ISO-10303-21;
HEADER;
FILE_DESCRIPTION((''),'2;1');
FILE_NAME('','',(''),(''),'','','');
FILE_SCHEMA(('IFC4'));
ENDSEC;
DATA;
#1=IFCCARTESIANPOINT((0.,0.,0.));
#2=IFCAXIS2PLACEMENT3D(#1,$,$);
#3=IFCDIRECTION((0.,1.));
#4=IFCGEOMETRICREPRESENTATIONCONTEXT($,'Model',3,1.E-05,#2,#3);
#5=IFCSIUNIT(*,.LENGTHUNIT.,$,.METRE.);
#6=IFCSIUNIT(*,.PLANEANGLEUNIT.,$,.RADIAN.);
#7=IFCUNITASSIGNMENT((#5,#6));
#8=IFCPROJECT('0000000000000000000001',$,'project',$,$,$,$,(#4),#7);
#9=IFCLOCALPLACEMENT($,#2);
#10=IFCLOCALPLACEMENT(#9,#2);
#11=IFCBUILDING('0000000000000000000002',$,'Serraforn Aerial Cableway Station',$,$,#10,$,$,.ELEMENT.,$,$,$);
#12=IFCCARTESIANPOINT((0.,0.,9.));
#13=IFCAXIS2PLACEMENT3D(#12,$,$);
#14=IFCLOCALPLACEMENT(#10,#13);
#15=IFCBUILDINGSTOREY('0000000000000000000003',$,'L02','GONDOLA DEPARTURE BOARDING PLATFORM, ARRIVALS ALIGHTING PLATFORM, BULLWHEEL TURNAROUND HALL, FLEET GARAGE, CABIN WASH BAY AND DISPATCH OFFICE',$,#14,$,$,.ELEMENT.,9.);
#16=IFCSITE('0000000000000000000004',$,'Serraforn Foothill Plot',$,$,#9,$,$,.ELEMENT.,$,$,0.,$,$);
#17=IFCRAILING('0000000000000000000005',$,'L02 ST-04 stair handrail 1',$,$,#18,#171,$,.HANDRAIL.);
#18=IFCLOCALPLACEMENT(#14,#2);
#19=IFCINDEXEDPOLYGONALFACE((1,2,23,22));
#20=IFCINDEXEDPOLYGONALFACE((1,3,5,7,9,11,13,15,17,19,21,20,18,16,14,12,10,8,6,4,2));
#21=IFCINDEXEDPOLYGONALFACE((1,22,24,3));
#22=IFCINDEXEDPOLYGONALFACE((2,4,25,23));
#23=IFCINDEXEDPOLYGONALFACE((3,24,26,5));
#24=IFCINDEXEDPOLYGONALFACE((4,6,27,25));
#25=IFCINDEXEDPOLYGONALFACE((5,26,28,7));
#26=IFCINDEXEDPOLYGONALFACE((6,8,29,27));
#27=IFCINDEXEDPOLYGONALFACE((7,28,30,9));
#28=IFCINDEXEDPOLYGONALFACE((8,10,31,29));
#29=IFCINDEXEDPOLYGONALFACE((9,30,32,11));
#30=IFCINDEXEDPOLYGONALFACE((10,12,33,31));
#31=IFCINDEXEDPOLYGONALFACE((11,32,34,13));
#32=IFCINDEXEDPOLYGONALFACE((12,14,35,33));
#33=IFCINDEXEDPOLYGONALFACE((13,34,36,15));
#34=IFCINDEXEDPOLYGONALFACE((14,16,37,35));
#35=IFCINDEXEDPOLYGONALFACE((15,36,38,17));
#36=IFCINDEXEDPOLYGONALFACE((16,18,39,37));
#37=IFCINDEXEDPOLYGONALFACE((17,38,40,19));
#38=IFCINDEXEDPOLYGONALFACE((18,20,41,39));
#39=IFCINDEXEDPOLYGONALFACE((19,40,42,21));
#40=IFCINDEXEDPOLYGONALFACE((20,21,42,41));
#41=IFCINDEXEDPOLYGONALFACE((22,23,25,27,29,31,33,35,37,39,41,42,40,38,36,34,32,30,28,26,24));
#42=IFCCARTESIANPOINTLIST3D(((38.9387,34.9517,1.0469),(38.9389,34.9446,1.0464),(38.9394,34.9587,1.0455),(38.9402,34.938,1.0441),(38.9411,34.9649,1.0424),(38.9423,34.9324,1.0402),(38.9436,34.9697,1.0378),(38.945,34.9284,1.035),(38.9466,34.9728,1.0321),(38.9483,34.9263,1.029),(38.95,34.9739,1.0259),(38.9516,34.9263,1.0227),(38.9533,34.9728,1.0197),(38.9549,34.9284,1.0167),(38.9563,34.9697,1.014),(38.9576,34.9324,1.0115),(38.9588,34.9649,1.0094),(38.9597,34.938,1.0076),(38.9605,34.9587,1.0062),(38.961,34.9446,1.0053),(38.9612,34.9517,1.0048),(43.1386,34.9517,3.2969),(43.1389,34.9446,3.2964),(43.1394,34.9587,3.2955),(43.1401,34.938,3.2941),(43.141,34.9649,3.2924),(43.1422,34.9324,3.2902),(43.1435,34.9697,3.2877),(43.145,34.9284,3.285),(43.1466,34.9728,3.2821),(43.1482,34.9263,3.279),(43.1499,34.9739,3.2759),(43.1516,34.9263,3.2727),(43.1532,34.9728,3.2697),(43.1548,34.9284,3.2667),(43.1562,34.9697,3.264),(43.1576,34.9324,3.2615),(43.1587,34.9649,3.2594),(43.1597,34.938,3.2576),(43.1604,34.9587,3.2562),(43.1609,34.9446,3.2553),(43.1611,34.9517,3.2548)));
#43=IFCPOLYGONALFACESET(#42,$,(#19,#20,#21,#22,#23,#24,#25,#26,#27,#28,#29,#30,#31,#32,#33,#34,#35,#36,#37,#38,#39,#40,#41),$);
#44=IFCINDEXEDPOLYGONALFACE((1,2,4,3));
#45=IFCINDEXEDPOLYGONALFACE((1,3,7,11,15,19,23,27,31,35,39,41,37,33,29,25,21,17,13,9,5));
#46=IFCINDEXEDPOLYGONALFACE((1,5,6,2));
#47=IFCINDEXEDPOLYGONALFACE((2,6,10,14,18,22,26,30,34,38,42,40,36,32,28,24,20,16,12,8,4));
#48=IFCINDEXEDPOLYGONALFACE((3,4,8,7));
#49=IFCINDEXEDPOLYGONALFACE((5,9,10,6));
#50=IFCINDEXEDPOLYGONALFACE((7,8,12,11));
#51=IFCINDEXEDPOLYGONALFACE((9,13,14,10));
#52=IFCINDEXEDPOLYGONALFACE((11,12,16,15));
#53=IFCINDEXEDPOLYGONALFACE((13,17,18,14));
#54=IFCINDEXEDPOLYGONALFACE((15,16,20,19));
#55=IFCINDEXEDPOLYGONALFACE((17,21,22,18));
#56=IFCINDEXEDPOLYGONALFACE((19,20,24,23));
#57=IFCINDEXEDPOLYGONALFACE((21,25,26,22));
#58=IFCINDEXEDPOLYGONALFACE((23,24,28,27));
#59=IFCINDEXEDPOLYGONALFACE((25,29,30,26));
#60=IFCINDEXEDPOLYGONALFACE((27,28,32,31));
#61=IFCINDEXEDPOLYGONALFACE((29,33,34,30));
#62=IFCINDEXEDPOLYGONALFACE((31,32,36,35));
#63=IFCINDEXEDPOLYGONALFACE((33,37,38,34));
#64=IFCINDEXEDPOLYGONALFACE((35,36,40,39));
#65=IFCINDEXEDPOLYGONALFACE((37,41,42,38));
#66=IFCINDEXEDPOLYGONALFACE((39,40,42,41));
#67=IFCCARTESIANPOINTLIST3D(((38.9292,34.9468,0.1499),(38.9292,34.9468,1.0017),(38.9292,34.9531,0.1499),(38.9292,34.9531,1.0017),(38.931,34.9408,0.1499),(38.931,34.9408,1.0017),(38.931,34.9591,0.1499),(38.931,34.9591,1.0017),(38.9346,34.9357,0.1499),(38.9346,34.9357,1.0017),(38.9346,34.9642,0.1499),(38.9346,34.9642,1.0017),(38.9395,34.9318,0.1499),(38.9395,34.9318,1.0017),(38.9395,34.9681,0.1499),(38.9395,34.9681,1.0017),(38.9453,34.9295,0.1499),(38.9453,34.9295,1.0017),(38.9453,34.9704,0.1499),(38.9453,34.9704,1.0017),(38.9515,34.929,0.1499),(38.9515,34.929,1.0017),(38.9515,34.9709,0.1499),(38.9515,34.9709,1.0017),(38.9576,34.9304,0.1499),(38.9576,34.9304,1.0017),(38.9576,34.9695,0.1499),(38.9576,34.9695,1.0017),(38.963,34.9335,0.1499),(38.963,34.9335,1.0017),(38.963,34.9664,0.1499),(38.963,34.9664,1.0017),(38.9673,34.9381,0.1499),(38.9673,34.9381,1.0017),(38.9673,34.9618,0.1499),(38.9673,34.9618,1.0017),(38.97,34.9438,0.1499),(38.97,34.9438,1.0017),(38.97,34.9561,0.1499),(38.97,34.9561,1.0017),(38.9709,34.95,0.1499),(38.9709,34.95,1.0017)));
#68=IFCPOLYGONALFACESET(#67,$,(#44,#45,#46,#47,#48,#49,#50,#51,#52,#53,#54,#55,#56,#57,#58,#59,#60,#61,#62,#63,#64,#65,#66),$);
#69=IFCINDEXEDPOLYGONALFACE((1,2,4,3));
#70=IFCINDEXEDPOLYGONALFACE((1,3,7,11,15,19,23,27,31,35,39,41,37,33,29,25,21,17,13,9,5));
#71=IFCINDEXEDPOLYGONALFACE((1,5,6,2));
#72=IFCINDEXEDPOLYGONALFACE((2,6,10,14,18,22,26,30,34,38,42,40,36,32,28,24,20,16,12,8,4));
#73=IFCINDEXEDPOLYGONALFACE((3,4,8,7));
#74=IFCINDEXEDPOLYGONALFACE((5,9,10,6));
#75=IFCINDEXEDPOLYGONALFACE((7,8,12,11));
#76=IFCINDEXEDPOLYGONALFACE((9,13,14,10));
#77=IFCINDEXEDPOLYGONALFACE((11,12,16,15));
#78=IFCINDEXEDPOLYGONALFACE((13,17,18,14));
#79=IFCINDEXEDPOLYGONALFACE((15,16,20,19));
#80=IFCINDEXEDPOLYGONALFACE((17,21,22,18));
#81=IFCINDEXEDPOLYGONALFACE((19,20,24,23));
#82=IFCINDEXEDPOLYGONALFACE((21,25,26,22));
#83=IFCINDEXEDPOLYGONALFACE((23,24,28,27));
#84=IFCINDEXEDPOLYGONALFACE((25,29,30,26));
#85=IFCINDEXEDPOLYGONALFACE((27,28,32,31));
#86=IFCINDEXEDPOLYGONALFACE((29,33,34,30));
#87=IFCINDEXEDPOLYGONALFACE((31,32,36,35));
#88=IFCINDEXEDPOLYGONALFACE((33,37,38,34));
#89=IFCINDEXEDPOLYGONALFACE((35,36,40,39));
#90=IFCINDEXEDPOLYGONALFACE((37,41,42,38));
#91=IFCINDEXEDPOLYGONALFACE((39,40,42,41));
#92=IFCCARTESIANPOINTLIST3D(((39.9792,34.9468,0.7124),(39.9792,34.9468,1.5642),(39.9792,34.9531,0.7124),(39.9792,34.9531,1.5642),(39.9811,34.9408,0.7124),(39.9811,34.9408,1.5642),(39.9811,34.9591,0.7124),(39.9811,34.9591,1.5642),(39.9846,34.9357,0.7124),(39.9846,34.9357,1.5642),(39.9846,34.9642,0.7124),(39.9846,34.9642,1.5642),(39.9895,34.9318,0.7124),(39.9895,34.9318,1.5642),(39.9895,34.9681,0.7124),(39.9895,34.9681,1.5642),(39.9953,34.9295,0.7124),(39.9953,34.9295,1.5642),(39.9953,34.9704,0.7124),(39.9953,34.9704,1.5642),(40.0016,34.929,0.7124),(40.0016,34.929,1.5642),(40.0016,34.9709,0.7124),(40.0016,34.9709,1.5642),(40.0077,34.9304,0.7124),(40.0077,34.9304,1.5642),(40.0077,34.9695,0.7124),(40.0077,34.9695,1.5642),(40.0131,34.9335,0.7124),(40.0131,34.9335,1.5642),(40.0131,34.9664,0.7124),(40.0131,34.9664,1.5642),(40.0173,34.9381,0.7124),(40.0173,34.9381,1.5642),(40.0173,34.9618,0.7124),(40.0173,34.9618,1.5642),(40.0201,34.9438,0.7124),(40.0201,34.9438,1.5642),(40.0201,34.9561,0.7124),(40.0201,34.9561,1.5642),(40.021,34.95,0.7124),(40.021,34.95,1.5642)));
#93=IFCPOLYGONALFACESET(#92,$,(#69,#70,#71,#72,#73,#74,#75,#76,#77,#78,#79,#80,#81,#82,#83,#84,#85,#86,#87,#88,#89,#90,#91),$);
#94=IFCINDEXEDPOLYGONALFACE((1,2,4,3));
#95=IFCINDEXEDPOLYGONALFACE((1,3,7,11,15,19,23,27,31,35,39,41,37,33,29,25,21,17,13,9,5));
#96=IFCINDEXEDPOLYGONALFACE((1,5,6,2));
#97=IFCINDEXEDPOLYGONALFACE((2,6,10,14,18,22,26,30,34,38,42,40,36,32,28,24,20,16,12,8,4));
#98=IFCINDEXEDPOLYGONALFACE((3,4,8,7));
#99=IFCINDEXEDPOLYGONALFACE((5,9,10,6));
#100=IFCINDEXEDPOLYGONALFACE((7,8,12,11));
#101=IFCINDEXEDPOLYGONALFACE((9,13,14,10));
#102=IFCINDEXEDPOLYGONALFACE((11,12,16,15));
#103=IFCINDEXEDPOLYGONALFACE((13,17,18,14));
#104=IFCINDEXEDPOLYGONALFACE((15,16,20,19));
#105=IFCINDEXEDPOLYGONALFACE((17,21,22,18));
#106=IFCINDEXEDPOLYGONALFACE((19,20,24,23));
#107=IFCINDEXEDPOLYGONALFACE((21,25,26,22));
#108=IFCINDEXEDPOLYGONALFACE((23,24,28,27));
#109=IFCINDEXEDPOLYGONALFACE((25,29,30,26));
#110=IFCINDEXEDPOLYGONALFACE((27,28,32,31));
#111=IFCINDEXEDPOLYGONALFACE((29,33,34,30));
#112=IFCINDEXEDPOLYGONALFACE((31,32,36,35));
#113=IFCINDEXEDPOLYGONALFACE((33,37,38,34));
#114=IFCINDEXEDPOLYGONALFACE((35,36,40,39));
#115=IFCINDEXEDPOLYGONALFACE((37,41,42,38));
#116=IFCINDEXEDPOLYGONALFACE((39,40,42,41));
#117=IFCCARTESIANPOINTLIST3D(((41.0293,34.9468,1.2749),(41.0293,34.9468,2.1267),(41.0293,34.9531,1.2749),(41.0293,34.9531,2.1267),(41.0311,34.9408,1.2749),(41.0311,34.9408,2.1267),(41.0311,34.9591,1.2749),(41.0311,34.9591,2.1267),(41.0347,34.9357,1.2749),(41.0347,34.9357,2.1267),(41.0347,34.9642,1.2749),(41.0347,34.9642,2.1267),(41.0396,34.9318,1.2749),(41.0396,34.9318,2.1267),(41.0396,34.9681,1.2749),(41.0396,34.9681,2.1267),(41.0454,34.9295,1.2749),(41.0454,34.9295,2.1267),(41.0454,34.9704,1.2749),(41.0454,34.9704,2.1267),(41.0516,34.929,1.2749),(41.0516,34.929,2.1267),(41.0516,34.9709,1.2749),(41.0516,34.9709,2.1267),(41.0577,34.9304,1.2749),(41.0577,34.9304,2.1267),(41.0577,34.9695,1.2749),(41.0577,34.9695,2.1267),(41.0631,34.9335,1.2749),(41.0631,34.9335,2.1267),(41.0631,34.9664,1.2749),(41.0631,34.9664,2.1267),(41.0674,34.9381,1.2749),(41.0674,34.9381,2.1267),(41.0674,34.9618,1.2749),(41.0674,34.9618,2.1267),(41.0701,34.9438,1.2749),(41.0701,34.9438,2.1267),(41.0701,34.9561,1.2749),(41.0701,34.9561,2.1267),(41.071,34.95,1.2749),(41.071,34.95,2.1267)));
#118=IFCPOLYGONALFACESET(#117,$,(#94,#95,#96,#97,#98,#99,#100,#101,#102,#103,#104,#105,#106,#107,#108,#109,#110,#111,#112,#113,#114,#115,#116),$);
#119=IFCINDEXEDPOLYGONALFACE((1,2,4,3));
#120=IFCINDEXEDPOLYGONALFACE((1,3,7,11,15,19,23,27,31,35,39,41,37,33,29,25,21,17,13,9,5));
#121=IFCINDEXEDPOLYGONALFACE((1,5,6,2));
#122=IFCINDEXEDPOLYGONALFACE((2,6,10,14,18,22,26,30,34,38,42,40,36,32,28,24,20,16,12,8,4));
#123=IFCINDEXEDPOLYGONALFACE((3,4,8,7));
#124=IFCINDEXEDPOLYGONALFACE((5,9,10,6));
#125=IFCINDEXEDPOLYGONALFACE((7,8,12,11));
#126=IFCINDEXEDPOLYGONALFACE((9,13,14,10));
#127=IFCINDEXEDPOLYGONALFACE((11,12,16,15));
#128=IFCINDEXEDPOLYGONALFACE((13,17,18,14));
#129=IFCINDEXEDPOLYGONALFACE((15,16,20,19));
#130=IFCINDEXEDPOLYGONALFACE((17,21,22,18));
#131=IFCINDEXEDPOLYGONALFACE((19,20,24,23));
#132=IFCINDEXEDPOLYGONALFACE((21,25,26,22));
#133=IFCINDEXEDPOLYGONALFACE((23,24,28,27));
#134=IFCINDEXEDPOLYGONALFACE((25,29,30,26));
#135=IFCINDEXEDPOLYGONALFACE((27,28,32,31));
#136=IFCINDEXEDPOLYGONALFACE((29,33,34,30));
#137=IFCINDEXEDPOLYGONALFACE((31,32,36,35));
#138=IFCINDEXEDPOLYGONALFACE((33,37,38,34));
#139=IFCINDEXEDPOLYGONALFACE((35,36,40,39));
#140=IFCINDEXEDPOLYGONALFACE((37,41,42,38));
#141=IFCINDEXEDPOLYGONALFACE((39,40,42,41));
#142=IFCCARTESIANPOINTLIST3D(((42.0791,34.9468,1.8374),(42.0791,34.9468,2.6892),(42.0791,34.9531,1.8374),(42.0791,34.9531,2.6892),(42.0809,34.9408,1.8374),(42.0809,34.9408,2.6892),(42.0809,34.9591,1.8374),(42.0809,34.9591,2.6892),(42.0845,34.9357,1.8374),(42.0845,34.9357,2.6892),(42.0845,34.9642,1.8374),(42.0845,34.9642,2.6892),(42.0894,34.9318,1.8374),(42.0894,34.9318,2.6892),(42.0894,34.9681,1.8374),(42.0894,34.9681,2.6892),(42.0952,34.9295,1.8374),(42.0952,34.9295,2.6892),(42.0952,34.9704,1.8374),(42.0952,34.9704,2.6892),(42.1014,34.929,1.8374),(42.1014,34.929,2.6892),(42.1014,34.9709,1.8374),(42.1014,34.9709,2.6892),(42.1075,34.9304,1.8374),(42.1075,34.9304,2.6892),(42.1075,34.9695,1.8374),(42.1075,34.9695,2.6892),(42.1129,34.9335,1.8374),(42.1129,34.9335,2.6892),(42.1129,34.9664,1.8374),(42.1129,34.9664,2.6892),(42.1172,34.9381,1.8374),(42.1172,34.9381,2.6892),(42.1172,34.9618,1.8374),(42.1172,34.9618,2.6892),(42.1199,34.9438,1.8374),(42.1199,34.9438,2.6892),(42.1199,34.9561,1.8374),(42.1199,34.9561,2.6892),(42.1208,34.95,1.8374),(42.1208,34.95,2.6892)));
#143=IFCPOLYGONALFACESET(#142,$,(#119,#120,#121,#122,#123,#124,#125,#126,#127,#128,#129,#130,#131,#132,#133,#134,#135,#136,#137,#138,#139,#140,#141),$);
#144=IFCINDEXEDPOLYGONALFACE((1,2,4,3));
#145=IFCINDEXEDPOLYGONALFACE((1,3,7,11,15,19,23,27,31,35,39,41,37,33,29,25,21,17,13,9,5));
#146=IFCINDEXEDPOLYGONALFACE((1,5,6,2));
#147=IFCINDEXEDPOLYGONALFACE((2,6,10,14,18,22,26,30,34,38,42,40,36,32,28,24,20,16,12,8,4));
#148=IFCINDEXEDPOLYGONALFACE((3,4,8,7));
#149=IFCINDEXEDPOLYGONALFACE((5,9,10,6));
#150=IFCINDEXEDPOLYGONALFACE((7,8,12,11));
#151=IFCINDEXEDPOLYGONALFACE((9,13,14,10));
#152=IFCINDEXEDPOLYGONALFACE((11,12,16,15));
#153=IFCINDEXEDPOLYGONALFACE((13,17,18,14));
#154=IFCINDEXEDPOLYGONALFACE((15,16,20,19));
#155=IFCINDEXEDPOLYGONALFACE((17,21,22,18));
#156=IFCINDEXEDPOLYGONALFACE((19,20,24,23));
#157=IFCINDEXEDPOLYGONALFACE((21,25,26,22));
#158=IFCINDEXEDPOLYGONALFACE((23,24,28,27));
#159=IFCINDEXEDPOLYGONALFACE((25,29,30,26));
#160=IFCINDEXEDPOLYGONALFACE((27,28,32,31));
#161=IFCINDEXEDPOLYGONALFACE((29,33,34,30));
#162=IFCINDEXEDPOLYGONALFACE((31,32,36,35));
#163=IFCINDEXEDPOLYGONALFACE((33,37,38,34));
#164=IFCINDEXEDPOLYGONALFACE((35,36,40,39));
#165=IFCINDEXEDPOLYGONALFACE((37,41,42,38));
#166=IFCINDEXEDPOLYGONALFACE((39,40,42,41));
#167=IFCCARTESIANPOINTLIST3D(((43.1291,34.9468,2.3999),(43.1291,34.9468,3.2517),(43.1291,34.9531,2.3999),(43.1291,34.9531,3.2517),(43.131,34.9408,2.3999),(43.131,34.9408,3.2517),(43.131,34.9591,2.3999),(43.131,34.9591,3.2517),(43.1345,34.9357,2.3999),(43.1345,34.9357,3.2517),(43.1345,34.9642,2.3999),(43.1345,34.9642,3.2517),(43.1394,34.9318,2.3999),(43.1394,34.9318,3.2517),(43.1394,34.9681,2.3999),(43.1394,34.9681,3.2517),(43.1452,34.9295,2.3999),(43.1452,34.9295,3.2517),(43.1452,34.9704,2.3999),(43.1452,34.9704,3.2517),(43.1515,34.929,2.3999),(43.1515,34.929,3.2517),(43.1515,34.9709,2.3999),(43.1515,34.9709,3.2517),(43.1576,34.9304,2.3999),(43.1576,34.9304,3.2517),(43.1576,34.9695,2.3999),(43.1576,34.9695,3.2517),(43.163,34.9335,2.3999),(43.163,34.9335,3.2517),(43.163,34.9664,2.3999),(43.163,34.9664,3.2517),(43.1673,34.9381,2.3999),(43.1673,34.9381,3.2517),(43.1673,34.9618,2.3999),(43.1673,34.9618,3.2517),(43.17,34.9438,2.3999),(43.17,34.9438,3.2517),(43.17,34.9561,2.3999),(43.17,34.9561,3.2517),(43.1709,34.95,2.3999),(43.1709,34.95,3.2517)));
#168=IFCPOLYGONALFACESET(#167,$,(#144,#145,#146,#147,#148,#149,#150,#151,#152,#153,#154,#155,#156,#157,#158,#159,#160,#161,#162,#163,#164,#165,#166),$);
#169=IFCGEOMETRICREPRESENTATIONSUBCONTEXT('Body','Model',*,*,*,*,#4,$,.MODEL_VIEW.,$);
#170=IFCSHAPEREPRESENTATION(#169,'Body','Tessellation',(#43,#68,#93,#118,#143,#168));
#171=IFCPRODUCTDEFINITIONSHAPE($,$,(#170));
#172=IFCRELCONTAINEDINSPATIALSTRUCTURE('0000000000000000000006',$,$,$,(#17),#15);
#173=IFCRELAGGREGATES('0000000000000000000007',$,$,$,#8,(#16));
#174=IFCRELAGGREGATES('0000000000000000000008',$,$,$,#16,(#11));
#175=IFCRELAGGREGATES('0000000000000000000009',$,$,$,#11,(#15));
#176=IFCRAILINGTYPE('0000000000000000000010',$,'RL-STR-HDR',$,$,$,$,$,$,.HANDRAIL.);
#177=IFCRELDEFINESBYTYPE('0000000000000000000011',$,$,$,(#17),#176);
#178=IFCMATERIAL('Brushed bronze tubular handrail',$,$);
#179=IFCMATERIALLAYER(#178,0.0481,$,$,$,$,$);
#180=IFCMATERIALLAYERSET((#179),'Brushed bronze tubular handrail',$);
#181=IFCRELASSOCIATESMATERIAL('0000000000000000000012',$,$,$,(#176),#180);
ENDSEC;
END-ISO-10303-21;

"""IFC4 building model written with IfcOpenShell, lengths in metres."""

from ifc_helpers import new_model, si_unit, direction, frame, origin, origin_2d, place, context, subcontext, project, spatial, circle, extrude, material, layer, layer_set, type_object, element, save


model = new_model("IFC4")

# Units and contexts
model_context = context("Model", 3, precision=1e-05, world=origin(), true_north=direction((0.0, 1.0)))
body_context = subcontext(model_context, "Body", "Model", "MODEL_VIEW")
ifc_project = project(units=[si_unit("LENGTHUNIT", "METRE"), si_unit("PLANEANGLEUNIT", "RADIAN")], contexts=[model_context])

# Site, building, storey
site_placement = place(None, origin())
site = spatial("IfcSite", under=ifc_project, at=site_placement, Name="Serraforn Foothill Plot", CompositionType="ELEMENT", RefElevation=0.0)
building_placement = place(site_placement, origin())
building = spatial("IfcBuilding", under=site, at=building_placement, Name="Serraforn Aerial Cableway Station", CompositionType="ELEMENT")
storey_placement = place(building_placement, frame((0.0, 0.0, 9.0)))
storey = spatial("IfcBuildingStorey", under=building, at=storey_placement, Name="L02", Description="GONDOLA DEPARTURE BOARDING PLATFORM, ARRIVALS ALIGHTING PLATFORM, BULLWHEEL TURNAROUND HALL, FLEET GARAGE, CABIN WASH BAY AND DISPATCH OFFICE", CompositionType="ELEMENT", Elevation=9.0)

# Railing
ifc_material_1 = material(Name="Brushed bronze tubular handrail")
ifc_layer_1 = layer(ifc_material_1, 0.0481)
ifc_layer_set_1 = layer_set([ifc_layer_1], Name="Brushed bronze tubular handrail")
railing_type_1 = type_object("IfcRailingType", Name="RL-STR-HDR", PredefinedType="HANDRAIL", material=ifc_layer_set_1)
railing_1_placement = place(storey_placement, frame((38.95, 34.95, 0.1499)))
element("IfcRailing", 1, at=railing_1_placement, inside=storey, type_object=railing_type_1, Name="L02 ST-04 stair handrail 1", PredefinedType="HANDRAIL", context=body_context, shape_type="SweptSolid", body=[
    extrude(circle(Radius=0.0239, at=origin_2d()), frame((0.0, 0.0, 0.876), z_axis=(0.881478, 0.0, 0.472226), x_axis=(0.0, 1.0, 0.0)), (0.0, 0.0, 1.0), 4.7646),
    extrude(circle(Radius=0.021, at=origin_2d()), origin(), (0.0, 0.0, 1.0), 0.8518),
    extrude(circle(Radius=0.021, at=origin_2d()), frame((1.05, 0.0, 0.5625)), (0.0, 0.0, 1.0), 0.8518),
    extrude(circle(Radius=0.021, at=origin_2d()), frame((2.1001, 0.0, 1.125)), (0.0, 0.0, 1.0), 0.8518),
    extrude(circle(Radius=0.021, at=origin_2d()), frame((3.1499, 0.0, 1.6875)), (0.0, 0.0, 1.0), 0.8518),
    extrude(circle(Radius=0.021, at=origin_2d()), frame((4.2, 0.0, 2.25)), (0.0, 0.0, 1.0), 0.8518),
])

save(model, "model.ifc")
